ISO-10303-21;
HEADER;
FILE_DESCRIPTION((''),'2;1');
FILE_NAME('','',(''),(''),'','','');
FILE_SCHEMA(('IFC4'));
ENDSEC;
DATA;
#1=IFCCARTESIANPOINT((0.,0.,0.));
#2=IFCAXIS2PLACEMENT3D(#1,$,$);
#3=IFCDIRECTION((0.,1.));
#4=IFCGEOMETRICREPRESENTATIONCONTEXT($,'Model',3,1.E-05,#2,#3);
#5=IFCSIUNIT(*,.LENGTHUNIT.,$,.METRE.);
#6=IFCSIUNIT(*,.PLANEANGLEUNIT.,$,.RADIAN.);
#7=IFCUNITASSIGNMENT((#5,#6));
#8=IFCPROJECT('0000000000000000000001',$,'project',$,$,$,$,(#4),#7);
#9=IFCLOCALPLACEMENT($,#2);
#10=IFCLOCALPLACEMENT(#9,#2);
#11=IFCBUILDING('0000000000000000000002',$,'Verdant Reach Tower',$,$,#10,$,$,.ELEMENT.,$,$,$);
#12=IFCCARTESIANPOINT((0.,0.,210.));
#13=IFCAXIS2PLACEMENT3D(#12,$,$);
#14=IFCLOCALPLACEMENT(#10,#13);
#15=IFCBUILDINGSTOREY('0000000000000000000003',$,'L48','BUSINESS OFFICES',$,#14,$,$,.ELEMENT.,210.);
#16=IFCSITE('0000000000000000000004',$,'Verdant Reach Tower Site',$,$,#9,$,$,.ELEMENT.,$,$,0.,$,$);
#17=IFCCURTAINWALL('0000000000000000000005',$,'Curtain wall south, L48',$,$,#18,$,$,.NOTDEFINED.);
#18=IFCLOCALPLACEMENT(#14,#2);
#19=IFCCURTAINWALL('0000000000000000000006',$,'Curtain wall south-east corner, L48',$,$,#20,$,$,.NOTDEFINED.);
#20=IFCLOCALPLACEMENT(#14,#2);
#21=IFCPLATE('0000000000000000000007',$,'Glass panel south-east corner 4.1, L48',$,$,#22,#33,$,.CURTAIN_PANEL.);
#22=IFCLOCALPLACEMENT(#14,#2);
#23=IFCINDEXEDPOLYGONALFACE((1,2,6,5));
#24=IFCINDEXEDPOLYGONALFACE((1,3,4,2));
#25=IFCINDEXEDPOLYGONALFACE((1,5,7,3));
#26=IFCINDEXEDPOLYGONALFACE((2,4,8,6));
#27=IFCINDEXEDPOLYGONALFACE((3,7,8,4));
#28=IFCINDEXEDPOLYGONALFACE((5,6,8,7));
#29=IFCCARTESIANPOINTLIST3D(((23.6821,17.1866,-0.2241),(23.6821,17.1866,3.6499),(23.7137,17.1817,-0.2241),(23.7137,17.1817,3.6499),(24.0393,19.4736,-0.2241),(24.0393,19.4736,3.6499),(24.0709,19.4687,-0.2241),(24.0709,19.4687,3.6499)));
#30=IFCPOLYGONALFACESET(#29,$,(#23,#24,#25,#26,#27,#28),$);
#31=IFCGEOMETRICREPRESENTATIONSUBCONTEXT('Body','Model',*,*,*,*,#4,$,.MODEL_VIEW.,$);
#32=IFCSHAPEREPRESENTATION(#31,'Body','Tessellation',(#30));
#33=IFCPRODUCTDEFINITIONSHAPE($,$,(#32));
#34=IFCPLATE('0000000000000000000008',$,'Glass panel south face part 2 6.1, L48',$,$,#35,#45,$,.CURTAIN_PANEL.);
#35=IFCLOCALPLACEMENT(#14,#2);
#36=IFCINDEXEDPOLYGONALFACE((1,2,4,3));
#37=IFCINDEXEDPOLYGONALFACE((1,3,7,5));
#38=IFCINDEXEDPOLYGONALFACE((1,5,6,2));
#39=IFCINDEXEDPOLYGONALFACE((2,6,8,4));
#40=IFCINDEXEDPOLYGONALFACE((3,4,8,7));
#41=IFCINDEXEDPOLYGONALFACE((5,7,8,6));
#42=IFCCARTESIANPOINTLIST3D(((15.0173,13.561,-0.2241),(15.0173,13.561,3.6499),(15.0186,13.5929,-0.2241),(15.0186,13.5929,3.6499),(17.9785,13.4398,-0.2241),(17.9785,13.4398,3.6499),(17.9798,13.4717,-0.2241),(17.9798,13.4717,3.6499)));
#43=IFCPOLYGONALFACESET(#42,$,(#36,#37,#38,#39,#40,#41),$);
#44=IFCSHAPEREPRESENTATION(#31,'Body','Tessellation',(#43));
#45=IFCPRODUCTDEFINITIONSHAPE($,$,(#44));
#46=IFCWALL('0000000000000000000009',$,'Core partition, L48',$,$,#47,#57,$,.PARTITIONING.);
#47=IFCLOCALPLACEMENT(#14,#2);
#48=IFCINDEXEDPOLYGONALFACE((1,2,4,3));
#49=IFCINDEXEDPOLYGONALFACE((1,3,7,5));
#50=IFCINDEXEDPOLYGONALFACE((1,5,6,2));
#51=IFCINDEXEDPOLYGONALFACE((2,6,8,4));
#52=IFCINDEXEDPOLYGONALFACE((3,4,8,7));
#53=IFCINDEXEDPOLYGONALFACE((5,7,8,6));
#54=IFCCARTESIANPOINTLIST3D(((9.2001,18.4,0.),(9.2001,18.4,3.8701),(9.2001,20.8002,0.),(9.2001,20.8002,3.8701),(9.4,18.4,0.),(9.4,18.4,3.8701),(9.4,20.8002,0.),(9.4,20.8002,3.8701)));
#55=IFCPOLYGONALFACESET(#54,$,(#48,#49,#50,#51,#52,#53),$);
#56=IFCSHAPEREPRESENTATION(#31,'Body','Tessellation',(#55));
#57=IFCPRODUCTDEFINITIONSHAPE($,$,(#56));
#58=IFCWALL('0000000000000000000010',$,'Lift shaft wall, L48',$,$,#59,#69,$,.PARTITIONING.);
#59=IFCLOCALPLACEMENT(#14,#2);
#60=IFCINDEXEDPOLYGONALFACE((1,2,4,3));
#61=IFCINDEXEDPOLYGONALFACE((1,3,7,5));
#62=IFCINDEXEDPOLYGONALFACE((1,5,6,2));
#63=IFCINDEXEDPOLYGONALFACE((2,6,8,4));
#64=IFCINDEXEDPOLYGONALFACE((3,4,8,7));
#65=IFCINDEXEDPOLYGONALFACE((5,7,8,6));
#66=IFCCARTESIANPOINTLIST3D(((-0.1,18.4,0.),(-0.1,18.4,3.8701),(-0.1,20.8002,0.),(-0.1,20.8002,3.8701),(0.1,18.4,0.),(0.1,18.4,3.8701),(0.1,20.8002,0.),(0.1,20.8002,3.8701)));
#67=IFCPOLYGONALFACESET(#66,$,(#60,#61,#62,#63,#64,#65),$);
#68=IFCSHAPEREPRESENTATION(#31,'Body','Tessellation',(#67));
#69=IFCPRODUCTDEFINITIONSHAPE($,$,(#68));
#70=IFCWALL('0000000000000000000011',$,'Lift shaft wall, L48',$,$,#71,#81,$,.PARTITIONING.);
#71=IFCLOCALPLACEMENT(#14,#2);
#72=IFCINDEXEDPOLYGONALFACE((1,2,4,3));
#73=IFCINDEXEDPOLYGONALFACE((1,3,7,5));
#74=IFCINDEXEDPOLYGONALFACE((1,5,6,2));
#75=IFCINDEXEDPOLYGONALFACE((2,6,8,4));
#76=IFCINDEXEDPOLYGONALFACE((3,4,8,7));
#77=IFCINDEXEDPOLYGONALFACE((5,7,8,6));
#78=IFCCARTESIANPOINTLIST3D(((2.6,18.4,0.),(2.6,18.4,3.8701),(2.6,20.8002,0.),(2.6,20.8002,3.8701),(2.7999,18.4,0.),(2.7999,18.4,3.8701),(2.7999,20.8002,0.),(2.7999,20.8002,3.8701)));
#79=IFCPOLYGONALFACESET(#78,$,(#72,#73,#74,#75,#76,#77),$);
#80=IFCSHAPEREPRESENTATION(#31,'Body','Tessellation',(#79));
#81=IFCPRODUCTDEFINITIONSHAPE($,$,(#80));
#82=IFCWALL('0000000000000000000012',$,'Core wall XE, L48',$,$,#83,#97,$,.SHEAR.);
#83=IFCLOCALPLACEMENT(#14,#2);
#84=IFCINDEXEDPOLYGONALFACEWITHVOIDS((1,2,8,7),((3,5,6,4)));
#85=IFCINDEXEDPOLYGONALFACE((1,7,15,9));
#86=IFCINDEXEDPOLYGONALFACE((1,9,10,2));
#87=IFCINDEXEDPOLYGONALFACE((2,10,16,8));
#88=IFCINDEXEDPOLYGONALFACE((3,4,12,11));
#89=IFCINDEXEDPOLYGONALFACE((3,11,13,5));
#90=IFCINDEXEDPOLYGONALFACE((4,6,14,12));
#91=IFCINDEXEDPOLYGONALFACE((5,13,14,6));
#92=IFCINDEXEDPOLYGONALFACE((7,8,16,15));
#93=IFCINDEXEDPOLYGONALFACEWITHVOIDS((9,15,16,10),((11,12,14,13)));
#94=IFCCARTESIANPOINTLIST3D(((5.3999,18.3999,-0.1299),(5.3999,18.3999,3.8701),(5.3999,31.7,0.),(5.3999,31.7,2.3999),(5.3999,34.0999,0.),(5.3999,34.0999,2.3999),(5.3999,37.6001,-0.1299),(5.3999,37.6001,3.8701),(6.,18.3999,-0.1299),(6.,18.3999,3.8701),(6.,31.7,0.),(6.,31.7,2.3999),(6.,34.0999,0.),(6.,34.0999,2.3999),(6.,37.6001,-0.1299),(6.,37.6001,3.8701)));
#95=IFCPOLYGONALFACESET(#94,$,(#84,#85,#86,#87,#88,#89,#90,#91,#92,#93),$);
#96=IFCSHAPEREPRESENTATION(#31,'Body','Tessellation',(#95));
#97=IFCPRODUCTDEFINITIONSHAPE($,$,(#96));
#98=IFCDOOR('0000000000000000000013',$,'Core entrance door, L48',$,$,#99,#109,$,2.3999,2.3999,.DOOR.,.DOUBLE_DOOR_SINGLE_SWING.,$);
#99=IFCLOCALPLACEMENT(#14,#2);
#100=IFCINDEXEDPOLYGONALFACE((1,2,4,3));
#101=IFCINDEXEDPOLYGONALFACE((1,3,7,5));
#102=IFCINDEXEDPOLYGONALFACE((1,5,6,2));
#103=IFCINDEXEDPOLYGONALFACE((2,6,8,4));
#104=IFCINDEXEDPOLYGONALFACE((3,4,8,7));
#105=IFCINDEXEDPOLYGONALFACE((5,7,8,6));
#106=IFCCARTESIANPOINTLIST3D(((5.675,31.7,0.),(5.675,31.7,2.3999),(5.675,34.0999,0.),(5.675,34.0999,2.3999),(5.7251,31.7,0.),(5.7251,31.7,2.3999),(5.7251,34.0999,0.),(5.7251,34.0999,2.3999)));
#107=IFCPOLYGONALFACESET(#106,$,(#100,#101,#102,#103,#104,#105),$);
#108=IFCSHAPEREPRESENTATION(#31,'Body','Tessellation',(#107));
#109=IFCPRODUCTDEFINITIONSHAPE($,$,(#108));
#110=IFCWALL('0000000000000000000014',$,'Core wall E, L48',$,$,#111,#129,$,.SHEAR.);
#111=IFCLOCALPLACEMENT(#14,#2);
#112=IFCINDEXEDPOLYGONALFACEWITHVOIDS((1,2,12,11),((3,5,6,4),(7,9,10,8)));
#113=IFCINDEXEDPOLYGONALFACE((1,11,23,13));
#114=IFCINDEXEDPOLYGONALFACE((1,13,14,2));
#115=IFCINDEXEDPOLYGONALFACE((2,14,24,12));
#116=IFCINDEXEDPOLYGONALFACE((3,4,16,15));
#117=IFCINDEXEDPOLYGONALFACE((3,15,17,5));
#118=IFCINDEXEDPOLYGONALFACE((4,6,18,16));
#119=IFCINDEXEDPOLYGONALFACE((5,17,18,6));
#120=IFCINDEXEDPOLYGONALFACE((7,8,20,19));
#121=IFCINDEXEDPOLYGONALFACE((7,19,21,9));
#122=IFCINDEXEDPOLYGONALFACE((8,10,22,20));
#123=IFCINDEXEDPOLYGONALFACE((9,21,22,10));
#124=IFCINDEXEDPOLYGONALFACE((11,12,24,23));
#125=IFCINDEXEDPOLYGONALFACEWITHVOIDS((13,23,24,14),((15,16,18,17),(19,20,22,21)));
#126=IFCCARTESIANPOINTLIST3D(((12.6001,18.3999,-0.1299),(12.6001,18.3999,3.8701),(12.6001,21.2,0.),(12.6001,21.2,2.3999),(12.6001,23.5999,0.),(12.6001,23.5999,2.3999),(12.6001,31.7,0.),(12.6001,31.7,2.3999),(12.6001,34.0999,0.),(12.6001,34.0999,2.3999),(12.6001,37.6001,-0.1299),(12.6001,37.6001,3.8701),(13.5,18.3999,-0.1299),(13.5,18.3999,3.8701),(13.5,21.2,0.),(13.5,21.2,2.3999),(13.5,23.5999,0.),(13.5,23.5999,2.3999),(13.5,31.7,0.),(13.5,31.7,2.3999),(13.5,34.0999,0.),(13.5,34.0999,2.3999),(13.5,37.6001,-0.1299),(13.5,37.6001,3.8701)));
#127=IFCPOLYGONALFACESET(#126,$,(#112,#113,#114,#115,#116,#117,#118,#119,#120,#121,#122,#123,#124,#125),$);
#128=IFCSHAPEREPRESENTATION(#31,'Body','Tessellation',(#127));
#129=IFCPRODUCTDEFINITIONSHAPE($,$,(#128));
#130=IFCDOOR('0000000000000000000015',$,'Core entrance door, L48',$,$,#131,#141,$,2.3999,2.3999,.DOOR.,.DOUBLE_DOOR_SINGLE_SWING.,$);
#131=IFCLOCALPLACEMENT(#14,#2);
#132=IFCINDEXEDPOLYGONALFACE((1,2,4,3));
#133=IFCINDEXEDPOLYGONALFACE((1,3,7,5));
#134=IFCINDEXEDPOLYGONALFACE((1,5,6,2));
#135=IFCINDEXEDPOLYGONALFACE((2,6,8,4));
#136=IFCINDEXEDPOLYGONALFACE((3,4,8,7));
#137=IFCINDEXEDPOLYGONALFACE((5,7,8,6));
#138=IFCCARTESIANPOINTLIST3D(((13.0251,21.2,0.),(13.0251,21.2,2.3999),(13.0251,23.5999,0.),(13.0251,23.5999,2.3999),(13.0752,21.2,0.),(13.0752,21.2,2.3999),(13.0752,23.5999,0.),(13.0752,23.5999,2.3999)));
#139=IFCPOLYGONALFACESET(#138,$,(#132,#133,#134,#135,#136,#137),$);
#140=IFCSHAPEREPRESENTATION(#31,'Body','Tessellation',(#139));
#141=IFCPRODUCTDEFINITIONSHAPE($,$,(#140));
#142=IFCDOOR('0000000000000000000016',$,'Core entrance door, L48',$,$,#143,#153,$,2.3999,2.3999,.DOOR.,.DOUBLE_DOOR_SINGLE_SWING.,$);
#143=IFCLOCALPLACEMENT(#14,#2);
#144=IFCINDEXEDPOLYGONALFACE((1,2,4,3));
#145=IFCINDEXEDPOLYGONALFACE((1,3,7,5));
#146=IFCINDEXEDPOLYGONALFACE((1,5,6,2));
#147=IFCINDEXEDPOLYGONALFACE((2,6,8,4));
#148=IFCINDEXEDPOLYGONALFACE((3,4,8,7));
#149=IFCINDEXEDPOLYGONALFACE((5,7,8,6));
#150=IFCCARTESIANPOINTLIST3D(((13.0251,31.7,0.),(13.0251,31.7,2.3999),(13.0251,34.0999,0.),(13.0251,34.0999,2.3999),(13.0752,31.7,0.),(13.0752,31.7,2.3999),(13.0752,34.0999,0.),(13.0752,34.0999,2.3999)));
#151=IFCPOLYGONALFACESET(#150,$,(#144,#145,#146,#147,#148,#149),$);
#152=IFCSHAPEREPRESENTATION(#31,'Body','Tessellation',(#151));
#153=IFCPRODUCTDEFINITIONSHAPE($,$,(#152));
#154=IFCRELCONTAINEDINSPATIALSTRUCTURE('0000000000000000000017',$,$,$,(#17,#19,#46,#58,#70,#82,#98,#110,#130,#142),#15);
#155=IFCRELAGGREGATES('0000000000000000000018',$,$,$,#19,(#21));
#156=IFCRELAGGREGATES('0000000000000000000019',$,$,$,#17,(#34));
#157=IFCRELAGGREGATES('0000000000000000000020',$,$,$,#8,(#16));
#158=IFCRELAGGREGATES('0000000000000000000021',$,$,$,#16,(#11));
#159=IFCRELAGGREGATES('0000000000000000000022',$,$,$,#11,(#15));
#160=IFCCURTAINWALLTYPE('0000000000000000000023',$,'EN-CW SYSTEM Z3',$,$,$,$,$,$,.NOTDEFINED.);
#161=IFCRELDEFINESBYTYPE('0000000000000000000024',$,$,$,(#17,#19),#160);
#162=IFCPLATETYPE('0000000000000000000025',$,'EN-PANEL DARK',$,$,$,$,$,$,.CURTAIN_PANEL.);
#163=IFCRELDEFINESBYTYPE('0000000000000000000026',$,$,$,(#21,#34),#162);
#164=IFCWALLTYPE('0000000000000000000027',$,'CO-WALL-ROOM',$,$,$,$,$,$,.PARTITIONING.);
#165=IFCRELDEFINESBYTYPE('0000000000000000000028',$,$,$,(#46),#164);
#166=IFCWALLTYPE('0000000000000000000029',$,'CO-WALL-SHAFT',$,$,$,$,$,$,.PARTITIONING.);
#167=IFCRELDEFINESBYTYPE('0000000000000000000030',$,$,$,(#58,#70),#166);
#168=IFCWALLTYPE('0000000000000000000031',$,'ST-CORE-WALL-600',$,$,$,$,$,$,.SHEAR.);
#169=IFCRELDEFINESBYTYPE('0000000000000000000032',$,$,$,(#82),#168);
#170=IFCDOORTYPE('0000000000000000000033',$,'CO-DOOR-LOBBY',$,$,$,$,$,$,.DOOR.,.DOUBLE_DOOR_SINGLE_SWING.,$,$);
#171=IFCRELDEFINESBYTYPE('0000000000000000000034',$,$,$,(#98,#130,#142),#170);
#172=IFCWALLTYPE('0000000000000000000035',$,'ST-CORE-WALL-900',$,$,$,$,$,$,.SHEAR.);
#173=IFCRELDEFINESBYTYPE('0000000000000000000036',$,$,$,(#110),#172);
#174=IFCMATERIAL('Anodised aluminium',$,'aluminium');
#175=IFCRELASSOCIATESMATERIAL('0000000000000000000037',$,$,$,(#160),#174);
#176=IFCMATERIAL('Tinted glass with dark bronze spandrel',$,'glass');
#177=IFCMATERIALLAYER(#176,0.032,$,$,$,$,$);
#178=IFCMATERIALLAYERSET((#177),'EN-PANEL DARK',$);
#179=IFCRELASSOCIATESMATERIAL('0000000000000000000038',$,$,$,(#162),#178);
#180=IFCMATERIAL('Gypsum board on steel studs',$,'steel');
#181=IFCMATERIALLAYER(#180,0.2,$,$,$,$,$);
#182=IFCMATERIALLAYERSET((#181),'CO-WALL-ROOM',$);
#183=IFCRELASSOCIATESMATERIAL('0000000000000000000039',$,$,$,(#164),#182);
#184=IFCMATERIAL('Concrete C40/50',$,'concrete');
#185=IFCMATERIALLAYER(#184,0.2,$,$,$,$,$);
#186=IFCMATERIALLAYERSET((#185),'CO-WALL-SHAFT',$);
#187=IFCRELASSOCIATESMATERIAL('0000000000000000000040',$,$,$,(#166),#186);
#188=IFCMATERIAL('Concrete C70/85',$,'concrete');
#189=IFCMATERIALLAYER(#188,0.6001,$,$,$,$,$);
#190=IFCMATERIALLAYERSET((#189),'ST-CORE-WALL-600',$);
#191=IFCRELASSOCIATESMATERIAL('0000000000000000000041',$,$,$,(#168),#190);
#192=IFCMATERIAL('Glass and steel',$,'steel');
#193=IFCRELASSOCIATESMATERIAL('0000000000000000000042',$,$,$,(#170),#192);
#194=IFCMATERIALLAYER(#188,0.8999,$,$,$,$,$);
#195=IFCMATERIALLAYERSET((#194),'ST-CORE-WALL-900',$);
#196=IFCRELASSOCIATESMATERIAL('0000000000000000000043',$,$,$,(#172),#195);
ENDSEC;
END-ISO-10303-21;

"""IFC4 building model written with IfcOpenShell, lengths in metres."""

from ifc_helpers import new_model, si_unit, direction, frame, frame_2d, origin, origin_2d, place, context, subcontext, project, spatial, rectangle, extrude, material, layer, layer_set, type_object, element, fill, aggregate, save


model = new_model("IFC4")

# Units and contexts
model_context = context("Model", 3, precision=1e-05, world=origin(), true_north=direction((0.0, 1.0)))
body_context = subcontext(model_context, "Body", "Model", "MODEL_VIEW")
ifc_project = project(units=[si_unit("LENGTHUNIT", "METRE"), si_unit("PLANEANGLEUNIT", "RADIAN")], contexts=[model_context])

# Site, building, storey
site_placement = place(None, origin())
site = spatial("IfcSite", under=ifc_project, at=site_placement, Name="Verdant Reach Tower Site", CompositionType="ELEMENT", RefElevation=0.0)
building_placement = place(site_placement, origin())
building = spatial("IfcBuilding", under=site, at=building_placement, Name="Verdant Reach Tower", CompositionType="ELEMENT")
storey_placement = place(building_placement, frame((0.0, 0.0, 210.0)))
storey = spatial("IfcBuildingStorey", under=building, at=storey_placement, Name="L48", Description="BUSINESS OFFICES", CompositionType="ELEMENT", Elevation=210.0)

# Curtain wall
ifc_material_1 = material(Name="Anodised aluminium", Category="aluminium")
curtain_wall_type = type_object("IfcCurtainWallType", Name="EN-CW SYSTEM Z3", PredefinedType="NOTDEFINED", material=ifc_material_1)
curtain_wall_1_placement = place(storey_placement, origin())
curtain_wall_1 = element("IfcCurtainWall", 1, at=curtain_wall_1_placement, inside=storey, type_object=curtain_wall_type, Name="Curtain wall south, L48", PredefinedType="NOTDEFINED")

# Shared definitions
ifc_material_2 = material(Name="Concrete C40/50", Category="concrete")

# Curtain wall
curtain_wall_2_placement = place(storey_placement, origin())
curtain_wall_2 = element("IfcCurtainWall", 2, at=curtain_wall_2_placement, inside=storey, type_object=curtain_wall_type, Name="Curtain wall south-east corner, L48", PredefinedType="NOTDEFINED")

# Plates
ifc_material_3 = material(Name="Tinted glass with dark bronze spandrel", Category="glass")
ifc_layer_1 = layer(ifc_material_3, 0.032)
ifc_layer_set_1 = layer_set([ifc_layer_1], Name="EN-PANEL DARK")
plate_type_1 = type_object("IfcPlateType", Name="EN-PANEL DARK", PredefinedType="CURTAIN_PANEL", material=ifc_layer_set_1)
plate_1_placement = place(storey_placement, frame((23.8765, 18.3276, -0.2241), z_axis=(0.0, 0.0, 1.0), x_axis=(0.154312, 0.988022, 0.0)))
plate_1 = element("IfcPlate", 3, at=plate_1_placement, type_object=plate_type_1, Name="Glass panel south-east corner 4.1, L48", PredefinedType="CURTAIN_PANEL", context=body_context, shape_type="SweptSolid", body=[
    extrude(rectangle(XDim=2.3147, YDim=0.032, at=origin_2d()), origin(), (0.0, 0.0, 1.0), 3.874),
])
aggregate(curtain_wall_2, [plate_1])
plate_2_placement = place(storey_placement, frame((16.4985, 13.5164, -0.2241), z_axis=(0.0, 0.0, 1.0), x_axis=(0.999164, -0.040891, 0.0)))
plate_2 = element("IfcPlate", 4, at=plate_2_placement, type_object=plate_type_1, Name="Glass panel south face part 2 6.1, L48", PredefinedType="CURTAIN_PANEL", context=body_context, shape_type="SweptSolid", body=[
    extrude(rectangle(XDim=2.9636, YDim=0.032, at=origin_2d()), origin(), (0.0, 0.0, 1.0), 3.874),
])
aggregate(curtain_wall_1, [plate_2])

# Walls
ifc_material_4 = material(Name="Gypsum board on steel studs", Category="steel")
ifc_layer_2 = layer(ifc_material_4, 0.2)
ifc_layer_set_2 = layer_set([ifc_layer_2], Name="CO-WALL-ROOM")
wall_type_1 = type_object("IfcWallType", Name="CO-WALL-ROOM", PredefinedType="PARTITIONING", material=ifc_layer_set_2)
wall_1_placement = place(storey_placement, frame((9.3, 18.3999, 0.0), z_axis=(0.0, 0.0, 1.0), x_axis=(0.0, 1.0, 0.0)))
element("IfcWall", 5, at=wall_1_placement, inside=storey, type_object=wall_type_1, Name="Core partition, L48", PredefinedType="PARTITIONING", context=body_context, shape_type="SweptSolid", body=[
    extrude(rectangle(XDim=2.4001, YDim=0.2, at=frame_2d((1.2002, 0.0))), origin(), (0.0, 0.0, 1.0), 3.8701),
])
ifc_layer_3 = layer(ifc_material_2, 0.2)
ifc_layer_set_3 = layer_set([ifc_layer_3], Name="CO-WALL-SHAFT")
wall_type_2 = type_object("IfcWallType", Name="CO-WALL-SHAFT", PredefinedType="PARTITIONING", material=ifc_layer_set_3)
for number, where, z_axis, x_axis, name in (
    (6, (0.0, 18.3999, 0.0), (0.0, 0.0, 1.0), (0.0, 1.0, 0.0), "Lift shaft wall, L48"),
    (7, (2.7, 18.3999, 0.0), (0.0, 0.0, 1.0), (0.0, 1.0, 0.0), "Lift shaft wall, L48"),
):
    element("IfcWall", number, at=place(storey_placement, frame(where, z_axis=z_axis, x_axis=x_axis)), inside=storey, type_object=wall_type_2, Name=name, PredefinedType="PARTITIONING", context=body_context, shape_type="SweptSolid", body=[
        extrude(rectangle(XDim=2.4001, YDim=0.2, at=frame_2d((1.2002, 0.0))), origin(), (0.0, 0.0, 1.0), 3.8701),
    ])

# Wall, opening, door
ifc_material_5 = material(Name="Concrete C70/85", Category="concrete")
ifc_layer_4 = layer(ifc_material_5, 0.6001)
ifc_layer_set_4 = layer_set([ifc_layer_4], Name="ST-CORE-WALL-600")
wall_type_3 = type_object("IfcWallType", Name="ST-CORE-WALL-600", PredefinedType="SHEAR", material=ifc_layer_set_4)
wall_2_placement = place(storey_placement, frame((5.7, 18.3999, -0.1299), z_axis=(0.0, 0.0, 1.0), x_axis=(0.0, 1.0, 0.0)))
wall_2 = element("IfcWall", 8, at=wall_2_placement, inside=storey, type_object=wall_type_3, Name="Core wall XE, L48", PredefinedType="SHEAR", context=body_context, shape_type="SweptSolid", body=[
    extrude(rectangle(XDim=19.2002, YDim=0.6001, at=frame_2d((9.6001, 0.0))), origin(), (0.0, 0.0, 1.0), 4.0),
])
opening_1_placement = place(wall_2_placement, frame((13.3, 0.0, 0.1299)))
opening_1 = element("IfcOpeningElement", 9, at=opening_1_placement, cuts=wall_2, PredefinedType="OPENING", context=body_context, shape_type="SweptSolid", body=[
    extrude(rectangle(XDim=2.3999, YDim=2.3999, at=frame_2d((1.2, 1.2))), frame((0.0, 0.3101, 0.0), z_axis=(0.0, -1.0, 0.0), x_axis=(1.0, 0.0, 0.0)), (0.0, 0.0, 1.0), 0.6201),
])
ifc_material_6 = material(Name="Glass and steel", Category="steel")
door_type = type_object("IfcDoorType", Name="CO-DOOR-LOBBY", OperationType="DOUBLE_DOOR_SINGLE_SWING", PredefinedType="DOOR", material=ifc_material_6)
door_1_placement = place(opening_1_placement, origin())
door_1 = element("IfcDoor", 10, at=door_1_placement, inside=storey, type_object=door_type, Name="Core entrance door, L48", OperationType="DOUBLE_DOOR_SINGLE_SWING", OverallHeight=2.3999, OverallWidth=2.3999, PredefinedType="DOOR", context=body_context, shape_type="SweptSolid", body=[
    extrude(rectangle(XDim=2.3999, YDim=2.3999, at=frame_2d((1.2, 1.2))), frame((0.0, 0.0249, 0.0), z_axis=(0.0, -1.0, 0.0), x_axis=(1.0, 0.0, 0.0)), (0.0, 0.0, 1.0), 0.05),
])
fill(opening_1, door_1)

# Wall, openings, doors
ifc_layer_5 = layer(ifc_material_5, 0.8999)
ifc_layer_set_5 = layer_set([ifc_layer_5], Name="ST-CORE-WALL-900")
wall_type_4 = type_object("IfcWallType", Name="ST-CORE-WALL-900", PredefinedType="SHEAR", material=ifc_layer_set_5)
wall_3_placement = place(storey_placement, frame((13.05, 18.3999, -0.1299), z_axis=(0.0, 0.0, 1.0), x_axis=(0.0, 1.0, 0.0)))
wall_3 = element("IfcWall", 11, at=wall_3_placement, inside=storey, type_object=wall_type_4, Name="Core wall E, L48", PredefinedType="SHEAR", context=body_context, shape_type="SweptSolid", body=[
    extrude(rectangle(XDim=19.2002, YDim=0.8999, at=frame_2d((9.6001, 0.0))), origin(), (0.0, 0.0, 1.0), 4.0),
])
opening_2_placement = place(wall_3_placement, frame((2.8, 0.0, 0.1299)))
opening_2 = element("IfcOpeningElement", 12, at=opening_2_placement, cuts=wall_3, PredefinedType="OPENING", context=body_context, shape_type="SweptSolid", body=[
    extrude(rectangle(XDim=2.3999, YDim=2.3999, at=frame_2d((1.2, 1.2))), frame((0.0, 0.46, 0.0), z_axis=(0.0, -1.0, 0.0), x_axis=(1.0, 0.0, 0.0)), (0.0, 0.0, 1.0), 0.9199),
])
opening_3_placement = place(wall_3_placement, frame((13.3, 0.0, 0.1299)))
opening_3 = element("IfcOpeningElement", 13, at=opening_3_placement, cuts=wall_3, PredefinedType="OPENING", context=body_context, shape_type="SweptSolid", body=[
    extrude(rectangle(XDim=2.3999, YDim=2.3999, at=frame_2d((1.2, 1.2))), frame((0.0, 0.46, 0.0), z_axis=(0.0, -1.0, 0.0), x_axis=(1.0, 0.0, 0.0)), (0.0, 0.0, 1.0), 0.9199),
])
door_2_placement = place(opening_2_placement, origin())
door_2 = element("IfcDoor", 14, at=door_2_placement, inside=storey, type_object=door_type, Name="Core entrance door, L48", OperationType="DOUBLE_DOOR_SINGLE_SWING", OverallHeight=2.3999, OverallWidth=2.3999, PredefinedType="DOOR", context=body_context, shape_type="SweptSolid", body=[
    extrude(rectangle(XDim=2.3999, YDim=2.3999, at=frame_2d((1.2, 1.2))), frame((0.0, 0.0249, 0.0), z_axis=(0.0, -1.0, 0.0), x_axis=(1.0, 0.0, 0.0)), (0.0, 0.0, 1.0), 0.05),
])
fill(opening_2, door_2)
door_3_placement = place(opening_3_placement, origin())
door_3 = element("IfcDoor", 15, at=door_3_placement, inside=storey, type_object=door_type, Name="Core entrance door, L48", OperationType="DOUBLE_DOOR_SINGLE_SWING", OverallHeight=2.3999, OverallWidth=2.3999, PredefinedType="DOOR", context=body_context, shape_type="SweptSolid", body=[
    extrude(rectangle(XDim=2.3999, YDim=2.3999, at=frame_2d((1.2, 1.2))), frame((0.0, 0.0249, 0.0), z_axis=(0.0, -1.0, 0.0), x_axis=(1.0, 0.0, 0.0)), (0.0, 0.0, 1.0), 0.05),
])
fill(opening_3, door_3)

save(model, "model.ifc")
